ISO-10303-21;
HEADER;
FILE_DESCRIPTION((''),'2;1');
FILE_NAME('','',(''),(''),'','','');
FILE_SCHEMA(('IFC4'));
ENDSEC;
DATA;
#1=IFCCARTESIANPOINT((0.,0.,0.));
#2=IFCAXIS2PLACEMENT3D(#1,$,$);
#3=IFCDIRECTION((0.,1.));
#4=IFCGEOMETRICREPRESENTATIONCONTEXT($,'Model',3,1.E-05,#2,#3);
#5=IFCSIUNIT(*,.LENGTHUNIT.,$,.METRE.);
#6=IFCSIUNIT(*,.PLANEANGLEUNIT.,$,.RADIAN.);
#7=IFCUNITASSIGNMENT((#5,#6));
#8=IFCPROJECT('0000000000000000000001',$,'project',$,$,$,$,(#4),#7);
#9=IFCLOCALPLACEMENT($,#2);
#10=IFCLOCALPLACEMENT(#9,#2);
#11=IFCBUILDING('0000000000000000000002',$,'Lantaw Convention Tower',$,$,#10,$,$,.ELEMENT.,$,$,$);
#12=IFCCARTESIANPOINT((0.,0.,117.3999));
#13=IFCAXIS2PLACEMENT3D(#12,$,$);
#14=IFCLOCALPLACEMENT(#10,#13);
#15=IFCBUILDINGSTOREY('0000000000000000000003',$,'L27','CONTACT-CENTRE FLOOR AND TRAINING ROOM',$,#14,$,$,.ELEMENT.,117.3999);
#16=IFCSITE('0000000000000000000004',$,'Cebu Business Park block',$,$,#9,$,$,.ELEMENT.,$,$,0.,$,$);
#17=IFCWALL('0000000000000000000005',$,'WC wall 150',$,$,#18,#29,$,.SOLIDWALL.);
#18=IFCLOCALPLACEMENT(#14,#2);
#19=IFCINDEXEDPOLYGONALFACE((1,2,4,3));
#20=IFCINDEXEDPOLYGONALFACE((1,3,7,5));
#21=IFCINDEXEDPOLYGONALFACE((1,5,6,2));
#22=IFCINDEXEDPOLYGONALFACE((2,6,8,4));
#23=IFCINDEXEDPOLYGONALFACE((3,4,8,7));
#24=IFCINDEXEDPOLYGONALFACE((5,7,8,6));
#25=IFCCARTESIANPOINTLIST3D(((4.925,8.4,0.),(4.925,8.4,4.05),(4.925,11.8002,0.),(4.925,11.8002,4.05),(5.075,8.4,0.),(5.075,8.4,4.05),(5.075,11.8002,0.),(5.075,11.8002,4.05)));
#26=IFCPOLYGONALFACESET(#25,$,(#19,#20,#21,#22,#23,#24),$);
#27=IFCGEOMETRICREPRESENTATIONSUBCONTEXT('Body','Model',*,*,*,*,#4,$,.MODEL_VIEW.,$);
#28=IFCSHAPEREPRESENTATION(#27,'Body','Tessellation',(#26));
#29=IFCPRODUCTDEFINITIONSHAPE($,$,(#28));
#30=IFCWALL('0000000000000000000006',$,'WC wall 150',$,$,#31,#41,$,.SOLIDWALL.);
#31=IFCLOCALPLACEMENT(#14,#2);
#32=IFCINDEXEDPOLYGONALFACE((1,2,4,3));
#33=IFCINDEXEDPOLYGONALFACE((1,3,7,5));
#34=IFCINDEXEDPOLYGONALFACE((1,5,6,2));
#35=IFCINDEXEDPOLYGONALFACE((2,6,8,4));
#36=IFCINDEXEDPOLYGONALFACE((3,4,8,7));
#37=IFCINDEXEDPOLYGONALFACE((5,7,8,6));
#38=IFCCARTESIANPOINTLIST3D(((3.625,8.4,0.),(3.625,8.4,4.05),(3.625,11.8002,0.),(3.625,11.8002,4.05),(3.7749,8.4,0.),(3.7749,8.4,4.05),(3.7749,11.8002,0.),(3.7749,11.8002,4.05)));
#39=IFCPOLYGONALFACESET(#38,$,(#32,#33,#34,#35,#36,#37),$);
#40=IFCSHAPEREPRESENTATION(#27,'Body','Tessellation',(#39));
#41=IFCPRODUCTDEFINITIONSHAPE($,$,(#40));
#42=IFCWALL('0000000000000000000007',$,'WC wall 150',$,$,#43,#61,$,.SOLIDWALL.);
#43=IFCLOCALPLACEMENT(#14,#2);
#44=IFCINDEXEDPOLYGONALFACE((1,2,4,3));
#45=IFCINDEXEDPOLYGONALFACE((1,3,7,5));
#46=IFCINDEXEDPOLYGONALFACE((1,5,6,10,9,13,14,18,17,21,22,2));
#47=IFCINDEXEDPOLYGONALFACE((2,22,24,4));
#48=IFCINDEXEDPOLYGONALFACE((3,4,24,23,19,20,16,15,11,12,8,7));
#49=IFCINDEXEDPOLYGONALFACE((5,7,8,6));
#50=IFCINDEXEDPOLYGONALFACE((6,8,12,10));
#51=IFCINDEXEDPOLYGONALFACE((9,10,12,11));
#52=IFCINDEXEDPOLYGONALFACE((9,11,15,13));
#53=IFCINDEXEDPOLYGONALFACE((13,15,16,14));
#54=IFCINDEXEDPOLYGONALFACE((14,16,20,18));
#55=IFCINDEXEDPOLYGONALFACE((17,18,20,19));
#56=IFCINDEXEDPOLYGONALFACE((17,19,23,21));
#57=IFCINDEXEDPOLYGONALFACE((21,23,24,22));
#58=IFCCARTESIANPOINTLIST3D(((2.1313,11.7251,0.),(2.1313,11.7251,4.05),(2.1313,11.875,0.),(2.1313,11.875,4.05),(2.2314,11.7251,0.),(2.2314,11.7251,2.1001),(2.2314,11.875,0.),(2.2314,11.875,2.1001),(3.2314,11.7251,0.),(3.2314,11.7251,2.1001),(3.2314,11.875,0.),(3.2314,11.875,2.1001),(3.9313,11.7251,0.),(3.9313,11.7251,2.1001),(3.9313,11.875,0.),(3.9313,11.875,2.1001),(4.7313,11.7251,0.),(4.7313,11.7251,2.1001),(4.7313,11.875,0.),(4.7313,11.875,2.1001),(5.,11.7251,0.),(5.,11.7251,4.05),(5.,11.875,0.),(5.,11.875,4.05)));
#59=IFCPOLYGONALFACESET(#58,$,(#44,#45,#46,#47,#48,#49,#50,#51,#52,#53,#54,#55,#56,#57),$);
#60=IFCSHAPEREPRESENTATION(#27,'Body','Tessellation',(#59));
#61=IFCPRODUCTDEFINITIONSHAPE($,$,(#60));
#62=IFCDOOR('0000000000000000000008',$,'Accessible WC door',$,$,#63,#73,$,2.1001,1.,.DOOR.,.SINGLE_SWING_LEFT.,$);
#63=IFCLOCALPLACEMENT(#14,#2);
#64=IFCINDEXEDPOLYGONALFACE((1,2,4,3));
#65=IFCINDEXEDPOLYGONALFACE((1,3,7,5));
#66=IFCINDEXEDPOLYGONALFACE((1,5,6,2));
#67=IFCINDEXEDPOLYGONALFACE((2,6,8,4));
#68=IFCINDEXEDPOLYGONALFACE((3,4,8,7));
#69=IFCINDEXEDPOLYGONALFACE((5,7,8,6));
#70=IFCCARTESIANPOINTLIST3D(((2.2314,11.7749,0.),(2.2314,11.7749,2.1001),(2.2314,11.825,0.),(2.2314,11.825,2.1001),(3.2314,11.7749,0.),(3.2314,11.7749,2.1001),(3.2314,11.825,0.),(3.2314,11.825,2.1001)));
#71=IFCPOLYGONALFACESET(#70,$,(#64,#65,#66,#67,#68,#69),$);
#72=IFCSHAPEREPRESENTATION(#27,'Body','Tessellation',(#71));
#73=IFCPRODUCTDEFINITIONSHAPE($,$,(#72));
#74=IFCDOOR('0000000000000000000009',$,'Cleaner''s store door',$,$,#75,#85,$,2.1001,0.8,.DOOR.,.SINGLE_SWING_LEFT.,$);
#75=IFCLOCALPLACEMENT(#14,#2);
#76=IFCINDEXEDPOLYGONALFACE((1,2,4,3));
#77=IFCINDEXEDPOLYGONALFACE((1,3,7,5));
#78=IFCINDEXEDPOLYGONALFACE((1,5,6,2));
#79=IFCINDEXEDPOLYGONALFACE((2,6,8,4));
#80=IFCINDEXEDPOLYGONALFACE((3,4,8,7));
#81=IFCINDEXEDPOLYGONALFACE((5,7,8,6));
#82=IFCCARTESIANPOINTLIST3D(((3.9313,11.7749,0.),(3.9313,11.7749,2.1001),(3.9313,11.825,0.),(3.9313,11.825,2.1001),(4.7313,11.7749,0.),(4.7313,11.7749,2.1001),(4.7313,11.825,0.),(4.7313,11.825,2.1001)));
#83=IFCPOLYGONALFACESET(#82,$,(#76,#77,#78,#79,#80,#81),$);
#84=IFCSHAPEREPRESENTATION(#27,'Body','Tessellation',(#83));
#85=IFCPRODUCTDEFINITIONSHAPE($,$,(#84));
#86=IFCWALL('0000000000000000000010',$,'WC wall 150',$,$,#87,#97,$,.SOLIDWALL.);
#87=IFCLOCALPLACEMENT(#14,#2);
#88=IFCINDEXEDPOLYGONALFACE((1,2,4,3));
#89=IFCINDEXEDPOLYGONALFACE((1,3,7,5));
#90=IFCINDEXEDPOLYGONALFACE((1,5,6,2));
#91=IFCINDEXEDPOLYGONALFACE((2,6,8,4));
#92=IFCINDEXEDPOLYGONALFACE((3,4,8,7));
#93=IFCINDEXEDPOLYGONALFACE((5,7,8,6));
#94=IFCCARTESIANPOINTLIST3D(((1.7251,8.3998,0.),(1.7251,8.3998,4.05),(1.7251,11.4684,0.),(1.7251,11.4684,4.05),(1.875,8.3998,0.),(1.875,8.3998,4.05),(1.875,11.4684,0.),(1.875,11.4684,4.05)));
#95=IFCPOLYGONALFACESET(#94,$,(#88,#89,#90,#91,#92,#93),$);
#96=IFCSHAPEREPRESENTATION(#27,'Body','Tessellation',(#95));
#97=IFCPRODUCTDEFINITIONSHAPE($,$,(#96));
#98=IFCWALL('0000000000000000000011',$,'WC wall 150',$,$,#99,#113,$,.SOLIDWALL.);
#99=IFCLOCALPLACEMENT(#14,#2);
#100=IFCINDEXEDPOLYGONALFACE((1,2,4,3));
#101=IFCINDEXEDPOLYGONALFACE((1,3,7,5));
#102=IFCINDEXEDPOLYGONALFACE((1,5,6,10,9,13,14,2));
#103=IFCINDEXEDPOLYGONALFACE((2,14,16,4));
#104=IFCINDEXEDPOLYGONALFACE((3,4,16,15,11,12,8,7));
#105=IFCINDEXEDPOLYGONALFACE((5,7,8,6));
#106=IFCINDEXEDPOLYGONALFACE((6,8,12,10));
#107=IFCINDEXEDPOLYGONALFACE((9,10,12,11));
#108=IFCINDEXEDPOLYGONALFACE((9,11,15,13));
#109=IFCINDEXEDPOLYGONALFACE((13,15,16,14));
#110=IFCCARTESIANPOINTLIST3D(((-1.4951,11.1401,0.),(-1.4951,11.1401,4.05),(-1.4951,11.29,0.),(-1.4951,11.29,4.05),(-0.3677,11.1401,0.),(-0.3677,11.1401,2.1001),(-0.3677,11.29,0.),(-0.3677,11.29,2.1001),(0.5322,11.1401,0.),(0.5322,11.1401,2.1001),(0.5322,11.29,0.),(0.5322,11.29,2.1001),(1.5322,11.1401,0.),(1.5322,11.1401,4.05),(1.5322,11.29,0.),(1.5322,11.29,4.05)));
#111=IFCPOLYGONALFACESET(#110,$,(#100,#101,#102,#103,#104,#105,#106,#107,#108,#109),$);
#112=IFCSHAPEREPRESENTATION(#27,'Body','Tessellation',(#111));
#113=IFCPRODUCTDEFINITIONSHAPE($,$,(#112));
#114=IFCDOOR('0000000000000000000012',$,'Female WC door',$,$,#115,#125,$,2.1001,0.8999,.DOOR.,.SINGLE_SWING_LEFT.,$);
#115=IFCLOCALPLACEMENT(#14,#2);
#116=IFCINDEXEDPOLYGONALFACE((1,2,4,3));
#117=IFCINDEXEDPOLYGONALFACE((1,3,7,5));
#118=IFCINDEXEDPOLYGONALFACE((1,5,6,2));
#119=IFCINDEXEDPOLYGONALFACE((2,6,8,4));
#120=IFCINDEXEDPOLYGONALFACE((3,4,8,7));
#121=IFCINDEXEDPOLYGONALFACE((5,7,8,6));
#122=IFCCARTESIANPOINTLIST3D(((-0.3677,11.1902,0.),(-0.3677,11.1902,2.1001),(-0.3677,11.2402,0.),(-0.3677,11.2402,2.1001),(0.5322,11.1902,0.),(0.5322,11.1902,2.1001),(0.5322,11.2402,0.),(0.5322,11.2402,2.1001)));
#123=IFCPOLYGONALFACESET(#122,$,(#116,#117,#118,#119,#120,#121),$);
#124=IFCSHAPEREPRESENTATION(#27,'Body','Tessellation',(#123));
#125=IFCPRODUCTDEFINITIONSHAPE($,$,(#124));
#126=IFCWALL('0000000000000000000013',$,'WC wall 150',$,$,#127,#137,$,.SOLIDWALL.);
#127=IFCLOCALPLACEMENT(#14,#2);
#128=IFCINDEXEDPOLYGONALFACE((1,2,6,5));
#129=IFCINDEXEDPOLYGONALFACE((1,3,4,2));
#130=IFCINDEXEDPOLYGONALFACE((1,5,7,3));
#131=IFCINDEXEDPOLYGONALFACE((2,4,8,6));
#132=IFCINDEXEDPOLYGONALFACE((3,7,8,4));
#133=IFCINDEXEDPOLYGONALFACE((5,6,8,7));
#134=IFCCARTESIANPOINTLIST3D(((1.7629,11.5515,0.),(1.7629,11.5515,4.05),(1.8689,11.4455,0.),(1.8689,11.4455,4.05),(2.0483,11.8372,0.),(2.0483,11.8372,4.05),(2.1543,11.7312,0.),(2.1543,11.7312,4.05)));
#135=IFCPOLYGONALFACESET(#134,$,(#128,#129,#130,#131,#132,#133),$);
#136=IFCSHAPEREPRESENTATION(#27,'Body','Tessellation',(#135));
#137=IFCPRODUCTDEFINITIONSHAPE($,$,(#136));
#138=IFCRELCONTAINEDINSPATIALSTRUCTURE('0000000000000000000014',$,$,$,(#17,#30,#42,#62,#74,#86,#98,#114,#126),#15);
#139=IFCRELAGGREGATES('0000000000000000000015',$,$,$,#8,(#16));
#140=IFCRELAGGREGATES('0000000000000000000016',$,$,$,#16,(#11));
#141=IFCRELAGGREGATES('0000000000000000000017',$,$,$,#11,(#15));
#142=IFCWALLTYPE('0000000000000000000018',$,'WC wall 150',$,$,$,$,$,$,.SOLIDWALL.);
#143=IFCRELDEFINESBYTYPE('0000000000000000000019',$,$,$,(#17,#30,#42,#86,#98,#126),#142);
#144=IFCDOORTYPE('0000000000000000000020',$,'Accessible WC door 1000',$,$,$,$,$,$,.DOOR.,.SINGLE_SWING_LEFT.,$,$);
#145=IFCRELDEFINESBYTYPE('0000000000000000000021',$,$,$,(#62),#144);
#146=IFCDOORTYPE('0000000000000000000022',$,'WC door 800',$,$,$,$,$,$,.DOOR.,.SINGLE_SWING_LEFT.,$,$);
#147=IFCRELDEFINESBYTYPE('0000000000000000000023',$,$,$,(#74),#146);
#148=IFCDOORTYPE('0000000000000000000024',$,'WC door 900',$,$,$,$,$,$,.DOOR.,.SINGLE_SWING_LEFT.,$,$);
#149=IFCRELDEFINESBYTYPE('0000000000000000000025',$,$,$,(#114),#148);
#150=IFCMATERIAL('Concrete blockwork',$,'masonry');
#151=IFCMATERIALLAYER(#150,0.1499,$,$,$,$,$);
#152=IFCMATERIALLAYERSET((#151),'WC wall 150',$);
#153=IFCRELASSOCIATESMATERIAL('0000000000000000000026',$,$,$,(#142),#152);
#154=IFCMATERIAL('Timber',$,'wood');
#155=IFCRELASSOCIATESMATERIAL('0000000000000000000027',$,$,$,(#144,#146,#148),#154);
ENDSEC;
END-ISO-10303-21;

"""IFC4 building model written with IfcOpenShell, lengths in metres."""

from ifc_helpers import new_model, si_unit, direction, frame, frame_2d, origin, place, context, subcontext, project, spatial, rectangle, extrude, material, layer, layer_set, type_object, element, fill, save


model = new_model("IFC4")

# Units and contexts
model_context = context("Model", 3, precision=1e-05, world=origin(), true_north=direction((0.0, 1.0)))
body_context = subcontext(model_context, "Body", "Model", "MODEL_VIEW")
ifc_project = project(units=[si_unit("LENGTHUNIT", "METRE"), si_unit("PLANEANGLEUNIT", "RADIAN")], contexts=[model_context])

# Site, building, storey
site_placement = place(None, origin())
site = spatial("IfcSite", under=ifc_project, at=site_placement, Name="Cebu Business Park block", CompositionType="ELEMENT", RefElevation=0.0)
building_placement = place(site_placement, origin())
building = spatial("IfcBuilding", under=site, at=building_placement, Name="Lantaw Convention Tower", CompositionType="ELEMENT")
storey_placement = place(building_placement, frame((0.0, 0.0, 117.3999)))
storey = spatial("IfcBuildingStorey", under=building, at=storey_placement, Name="L27", Description="CONTACT-CENTRE FLOOR AND TRAINING ROOM", CompositionType="ELEMENT", Elevation=117.3999)

# Walls
ifc_material_1 = material(Name="Concrete blockwork", Category="masonry")
ifc_layer_1 = layer(ifc_material_1, 0.1499)
ifc_layer_set_1 = layer_set([ifc_layer_1], Name="WC wall 150")
wall_type_1 = type_object("IfcWallType", Name="WC wall 150", PredefinedType="SOLIDWALL", material=ifc_layer_set_1)
for number, where, z_axis, x_axis, name in (
    (1, (5.0, 8.3999, 0.0), (0.0, 0.0, 1.0), (0.0, 1.0, 0.0), "WC wall 150"),
    (2, (3.7, 8.3999, 0.0), (0.0, 0.0, 1.0), (0.0, 1.0, 0.0), "WC wall 150"),
):
    element("IfcWall", number, at=place(storey_placement, frame(where, z_axis=z_axis, x_axis=x_axis)), inside=storey, type_object=wall_type_1, Name=name, PredefinedType="SOLIDWALL", context=body_context, shape_type="SweptSolid", body=[
        extrude(rectangle(XDim=3.4001, YDim=0.1499, at=frame_2d((1.7002, 0.0))), origin(), (0.0, 0.0, 1.0), 4.05),
    ])

# Wall, openings, doors
wall_1_placement = place(storey_placement, frame((2.1313, 11.8, 0.0), z_axis=(0.0, 0.0, 1.0), x_axis=(1.0, 0.0, 0.0)))
wall_1 = element("IfcWall", 3, at=wall_1_placement, inside=storey, type_object=wall_type_1, Name="WC wall 150", PredefinedType="SOLIDWALL", context=body_context, shape_type="SweptSolid", body=[
    extrude(rectangle(XDim=2.8687, YDim=0.1499, at=frame_2d((1.4343, 0.0))), origin(), (0.0, 0.0, 1.0), 4.05),
])
opening_1_placement = place(wall_1_placement, frame((0.1001, 0.0, 0.0)))
opening_1 = element("IfcOpeningElement", 4, at=opening_1_placement, cuts=wall_1, PredefinedType="OPENING", context=body_context, shape_type="SweptSolid", body=[
    extrude(rectangle(XDim=1.0, YDim=2.1001, at=frame_2d((0.5, 1.05))), frame((0.0, 0.085, 0.0), z_axis=(0.0, -1.0, 0.0), x_axis=(1.0, 0.0, 0.0)), (0.0, 0.0, 1.0), 0.1699),
])
opening_2_placement = place(wall_1_placement, frame((1.8, 0.0, 0.0)))
opening_2 = element("IfcOpeningElement", 5, at=opening_2_placement, cuts=wall_1, PredefinedType="OPENING", context=body_context, shape_type="SweptSolid", body=[
    extrude(rectangle(XDim=0.8, YDim=2.1001, at=frame_2d((0.3999, 1.05))), frame((0.0, 0.085, 0.0), z_axis=(0.0, -1.0, 0.0), x_axis=(1.0, 0.0, 0.0)), (0.0, 0.0, 1.0), 0.1699),
])
ifc_material_2 = material(Name="Timber", Category="wood")
door_type_1 = type_object("IfcDoorType", Name="Accessible WC door 1000", OperationType="SINGLE_SWING_LEFT", PredefinedType="DOOR", material=ifc_material_2)
door_1_placement = place(opening_1_placement, origin())
door_1 = element("IfcDoor", 6, at=door_1_placement, inside=storey, type_object=door_type_1, Name="Accessible WC door", OperationType="SINGLE_SWING_LEFT", OverallHeight=2.1001, OverallWidth=1.0, PredefinedType="DOOR", context=body_context, shape_type="SweptSolid", body=[
    extrude(rectangle(XDim=1.0, YDim=2.1001, at=frame_2d((0.5, 1.05))), frame((0.0, 0.0249, 0.0), z_axis=(0.0, -1.0, 0.0), x_axis=(1.0, 0.0, 0.0)), (0.0, 0.0, 1.0), 0.05),
])
fill(opening_1, door_1)
door_type_2 = type_object("IfcDoorType", Name="WC door 800", OperationType="SINGLE_SWING_LEFT", PredefinedType="DOOR", material=ifc_material_2)
door_2_placement = place(opening_2_placement, origin())
door_2 = element("IfcDoor", 7, at=door_2_placement, inside=storey, type_object=door_type_2, Name="Cleaner's store door", OperationType="SINGLE_SWING_LEFT", OverallHeight=2.1001, OverallWidth=0.8, PredefinedType="DOOR", context=body_context, shape_type="SweptSolid", body=[
    extrude(rectangle(XDim=0.8, YDim=2.1001, at=frame_2d((0.3999, 1.05))), frame((0.0, 0.0249, 0.0), z_axis=(0.0, -1.0, 0.0), x_axis=(1.0, 0.0, 0.0)), (0.0, 0.0, 1.0), 0.05),
])
fill(opening_2, door_2)

# Wall
wall_2_placement = place(storey_placement, frame((1.8, 8.3999, 0.0), z_axis=(0.0, 0.0, 1.0), x_axis=(0.0, 1.0, 0.0)))
element("IfcWall", 8, at=wall_2_placement, inside=storey, type_object=wall_type_1, Name="WC wall 150", PredefinedType="SOLIDWALL", context=body_context, shape_type="SweptSolid", body=[
    extrude(rectangle(XDim=3.0686, YDim=0.1499, at=frame_2d((1.5342, 0.0))), origin(), (0.0, 0.0, 1.0), 4.05),
])

# Wall, opening, door
wall_3_placement = place(storey_placement, frame((1.5322, 11.2151, 0.0), z_axis=(0.0, 0.0, 1.0), x_axis=(-1.0, 0.0, 0.0)))
wall_3 = element("IfcWall", 9, at=wall_3_placement, inside=storey, type_object=wall_type_1, Name="WC wall 150", PredefinedType="SOLIDWALL", context=body_context, shape_type="SweptSolid", body=[
    extrude(rectangle(XDim=3.0273, YDim=0.1499, at=frame_2d((1.5137, 0.0))), origin(), (0.0, 0.0, 1.0), 4.05),
])
opening_3_placement = place(wall_3_placement, frame((1.0, 0.0, 0.0)))
opening_3 = element("IfcOpeningElement", 10, at=opening_3_placement, cuts=wall_3, PredefinedType="OPENING", context=body_context, shape_type="SweptSolid", body=[
    extrude(rectangle(XDim=0.8999, YDim=2.1001, at=frame_2d((0.45, 1.05))), frame((0.0, 0.085, 0.0), z_axis=(0.0, -1.0, 0.0), x_axis=(1.0, 0.0, 0.0)), (0.0, 0.0, 1.0), 0.1699),
])
door_type_3 = type_object("IfcDoorType", Name="WC door 900", OperationType="SINGLE_SWING_LEFT", PredefinedType="DOOR", material=ifc_material_2)
door_3_placement = place(opening_3_placement, origin())
door_3 = element("IfcDoor", 11, at=door_3_placement, inside=storey, type_object=door_type_3, Name="Female WC door", OperationType="SINGLE_SWING_LEFT", OverallHeight=2.1001, OverallWidth=0.8999, PredefinedType="DOOR", context=body_context, shape_type="SweptSolid", body=[
    extrude(rectangle(XDim=0.8999, YDim=2.1001, at=frame_2d((0.45, 1.05))), frame((0.0, 0.0249, 0.0), z_axis=(0.0, -1.0, 0.0), x_axis=(1.0, 0.0, 0.0)), (0.0, 0.0, 1.0), 0.05),
])
fill(opening_3, door_3)

# Wall
wall_4_placement = place(storey_placement, frame((2.1013, 11.7842, 0.0), z_axis=(0.0, 0.0, 1.0), x_axis=(-0.706804, -0.707409, 0.0)))
element("IfcWall", 12, at=wall_4_placement, inside=storey, type_object=wall_type_1, Name="WC wall 150", PredefinedType="SOLIDWALL", context=body_context, shape_type="SweptSolid", body=[
    extrude(rectangle(XDim=0.4038, YDim=0.1499, at=frame_2d((0.2019, 0.0))), origin(), (0.0, 0.0, 1.0), 4.05),
])

save(model, "model.ifc")
